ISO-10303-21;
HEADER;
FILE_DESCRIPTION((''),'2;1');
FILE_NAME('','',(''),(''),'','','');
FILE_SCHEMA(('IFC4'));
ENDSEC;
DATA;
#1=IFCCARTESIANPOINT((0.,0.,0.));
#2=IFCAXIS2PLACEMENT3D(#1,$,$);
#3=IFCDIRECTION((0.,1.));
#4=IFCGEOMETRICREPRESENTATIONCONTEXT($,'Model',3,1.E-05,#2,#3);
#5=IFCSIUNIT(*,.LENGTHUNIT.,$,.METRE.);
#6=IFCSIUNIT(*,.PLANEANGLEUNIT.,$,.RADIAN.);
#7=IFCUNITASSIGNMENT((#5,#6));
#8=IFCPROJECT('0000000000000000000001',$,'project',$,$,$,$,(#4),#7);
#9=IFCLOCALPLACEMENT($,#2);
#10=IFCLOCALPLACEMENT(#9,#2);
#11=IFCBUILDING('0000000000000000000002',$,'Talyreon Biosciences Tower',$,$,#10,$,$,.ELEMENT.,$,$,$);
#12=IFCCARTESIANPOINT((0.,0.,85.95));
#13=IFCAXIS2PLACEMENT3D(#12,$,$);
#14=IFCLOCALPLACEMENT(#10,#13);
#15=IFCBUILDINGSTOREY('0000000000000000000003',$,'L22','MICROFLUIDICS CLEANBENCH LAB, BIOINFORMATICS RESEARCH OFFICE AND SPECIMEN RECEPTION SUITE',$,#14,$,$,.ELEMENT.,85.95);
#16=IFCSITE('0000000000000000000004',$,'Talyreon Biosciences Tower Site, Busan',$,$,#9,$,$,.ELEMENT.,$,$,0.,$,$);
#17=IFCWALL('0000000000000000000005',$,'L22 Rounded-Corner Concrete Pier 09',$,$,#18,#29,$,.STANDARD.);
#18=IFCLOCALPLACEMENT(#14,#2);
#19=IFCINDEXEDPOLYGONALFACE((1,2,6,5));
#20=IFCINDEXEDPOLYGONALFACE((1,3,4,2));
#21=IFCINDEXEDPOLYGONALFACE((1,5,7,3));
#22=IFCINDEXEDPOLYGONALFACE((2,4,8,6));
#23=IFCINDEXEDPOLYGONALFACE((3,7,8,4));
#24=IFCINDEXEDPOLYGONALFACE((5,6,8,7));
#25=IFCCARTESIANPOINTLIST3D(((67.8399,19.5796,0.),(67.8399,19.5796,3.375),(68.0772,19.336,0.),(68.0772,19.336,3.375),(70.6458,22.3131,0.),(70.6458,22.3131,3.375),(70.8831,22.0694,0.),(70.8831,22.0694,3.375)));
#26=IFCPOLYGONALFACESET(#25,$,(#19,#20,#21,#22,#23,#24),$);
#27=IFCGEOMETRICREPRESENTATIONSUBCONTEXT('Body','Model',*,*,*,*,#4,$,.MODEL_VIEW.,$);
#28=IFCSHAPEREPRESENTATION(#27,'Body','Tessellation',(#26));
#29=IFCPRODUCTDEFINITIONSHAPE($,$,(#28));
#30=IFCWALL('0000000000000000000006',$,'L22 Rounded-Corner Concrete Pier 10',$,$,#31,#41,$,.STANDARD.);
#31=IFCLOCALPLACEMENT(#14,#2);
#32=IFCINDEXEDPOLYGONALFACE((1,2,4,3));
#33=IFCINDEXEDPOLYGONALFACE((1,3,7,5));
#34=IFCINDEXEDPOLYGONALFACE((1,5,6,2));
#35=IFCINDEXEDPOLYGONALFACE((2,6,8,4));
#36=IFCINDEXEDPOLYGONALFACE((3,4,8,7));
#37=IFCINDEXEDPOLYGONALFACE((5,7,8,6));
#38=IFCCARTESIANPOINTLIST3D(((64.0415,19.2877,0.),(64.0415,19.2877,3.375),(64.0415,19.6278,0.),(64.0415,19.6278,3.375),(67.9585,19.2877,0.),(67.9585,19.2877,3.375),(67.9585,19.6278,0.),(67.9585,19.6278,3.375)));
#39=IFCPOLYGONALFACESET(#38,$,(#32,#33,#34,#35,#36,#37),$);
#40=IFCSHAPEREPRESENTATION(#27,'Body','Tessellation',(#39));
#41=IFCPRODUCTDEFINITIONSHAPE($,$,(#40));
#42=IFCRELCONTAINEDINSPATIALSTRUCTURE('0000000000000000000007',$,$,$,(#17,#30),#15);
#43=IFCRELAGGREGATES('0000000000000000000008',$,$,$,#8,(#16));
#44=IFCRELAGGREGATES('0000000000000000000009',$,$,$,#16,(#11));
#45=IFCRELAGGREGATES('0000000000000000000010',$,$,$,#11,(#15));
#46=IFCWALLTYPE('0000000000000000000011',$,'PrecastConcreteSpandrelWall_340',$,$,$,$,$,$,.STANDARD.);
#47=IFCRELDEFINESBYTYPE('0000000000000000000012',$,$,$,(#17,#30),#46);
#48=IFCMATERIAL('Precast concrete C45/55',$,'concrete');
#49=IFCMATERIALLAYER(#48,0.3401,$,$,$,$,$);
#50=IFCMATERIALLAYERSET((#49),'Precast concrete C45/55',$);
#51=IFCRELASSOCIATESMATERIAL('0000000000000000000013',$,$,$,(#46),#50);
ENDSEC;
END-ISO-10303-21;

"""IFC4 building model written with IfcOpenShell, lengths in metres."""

from ifc_helpers import new_model, si_unit, direction, frame, frame_2d, origin, place, context, subcontext, project, spatial, rectangle, extrude, material, layer, layer_set, type_object, element, save


model = new_model("IFC4")

# Units and contexts
model_context = context("Model", 3, precision=1e-05, world=origin(), true_north=direction((0.0, 1.0)))
body_context = subcontext(model_context, "Body", "Model", "MODEL_VIEW")
ifc_project = project(units=[si_unit("LENGTHUNIT", "METRE"), si_unit("PLANEANGLEUNIT", "RADIAN")], contexts=[model_context])

# Site, building, storey
site_placement = place(None, origin())
site = spatial("IfcSite", under=ifc_project, at=site_placement, Name="Talyreon Biosciences Tower Site, Busan", CompositionType="ELEMENT", RefElevation=0.0)
building_placement = place(site_placement, origin())
building = spatial("IfcBuilding", under=site, at=building_placement, Name="Talyreon Biosciences Tower", CompositionType="ELEMENT")
storey_placement = place(building_placement, frame((0.0, 0.0, 85.95)))
storey = spatial("IfcBuildingStorey", under=building, at=storey_placement, Name="L22", Description="MICROFLUIDICS CLEANBENCH LAB, BIOINFORMATICS RESEARCH OFFICE AND SPECIMEN RECEPTION SUITE", CompositionType="ELEMENT", Elevation=85.95)

# Shared definitions
ifc_material_1 = material(Name="Precast concrete C45/55", Category="concrete")

# Walls
ifc_layer_1 = layer(ifc_material_1, 0.3401)
ifc_layer_set_1 = layer_set([ifc_layer_1], Name="Precast concrete C45/55")
wall_type = type_object("IfcWallType", Name="PrecastConcreteSpandrelWall_340", PredefinedType="STANDARD", material=ifc_layer_set_1)
wall_1_placement = place(storey_placement, frame((70.7644, 22.1912, 0.0), z_axis=(0.0, 0.0, 1.0), x_axis=(-0.716301, -0.697791, 0.0)))
element("IfcWall", 1, at=wall_1_placement, inside=storey, type_object=wall_type, Name="L22 Rounded-Corner Concrete Pier 09", PredefinedType="STANDARD", context=body_context, shape_type="SweptSolid", body=[
    extrude(rectangle(XDim=3.9172, YDim=0.3401, at=frame_2d((1.9585, 0.0))), origin(), (0.0, 0.0, 1.0), 3.375),
])
wall_2_placement = place(storey_placement, frame((67.9585, 19.4578, 0.0), z_axis=(0.0, 0.0, 1.0), x_axis=(-1.0, 0.0, 0.0)))
element("IfcWall", 2, at=wall_2_placement, inside=storey, type_object=wall_type, Name="L22 Rounded-Corner Concrete Pier 10", PredefinedType="STANDARD", context=body_context, shape_type="SweptSolid", body=[
    extrude(rectangle(XDim=3.917, YDim=0.3401, at=frame_2d((1.9585, 0.0))), origin(), (0.0, 0.0, 1.0), 3.375),
])

save(model, "model.ifc")
